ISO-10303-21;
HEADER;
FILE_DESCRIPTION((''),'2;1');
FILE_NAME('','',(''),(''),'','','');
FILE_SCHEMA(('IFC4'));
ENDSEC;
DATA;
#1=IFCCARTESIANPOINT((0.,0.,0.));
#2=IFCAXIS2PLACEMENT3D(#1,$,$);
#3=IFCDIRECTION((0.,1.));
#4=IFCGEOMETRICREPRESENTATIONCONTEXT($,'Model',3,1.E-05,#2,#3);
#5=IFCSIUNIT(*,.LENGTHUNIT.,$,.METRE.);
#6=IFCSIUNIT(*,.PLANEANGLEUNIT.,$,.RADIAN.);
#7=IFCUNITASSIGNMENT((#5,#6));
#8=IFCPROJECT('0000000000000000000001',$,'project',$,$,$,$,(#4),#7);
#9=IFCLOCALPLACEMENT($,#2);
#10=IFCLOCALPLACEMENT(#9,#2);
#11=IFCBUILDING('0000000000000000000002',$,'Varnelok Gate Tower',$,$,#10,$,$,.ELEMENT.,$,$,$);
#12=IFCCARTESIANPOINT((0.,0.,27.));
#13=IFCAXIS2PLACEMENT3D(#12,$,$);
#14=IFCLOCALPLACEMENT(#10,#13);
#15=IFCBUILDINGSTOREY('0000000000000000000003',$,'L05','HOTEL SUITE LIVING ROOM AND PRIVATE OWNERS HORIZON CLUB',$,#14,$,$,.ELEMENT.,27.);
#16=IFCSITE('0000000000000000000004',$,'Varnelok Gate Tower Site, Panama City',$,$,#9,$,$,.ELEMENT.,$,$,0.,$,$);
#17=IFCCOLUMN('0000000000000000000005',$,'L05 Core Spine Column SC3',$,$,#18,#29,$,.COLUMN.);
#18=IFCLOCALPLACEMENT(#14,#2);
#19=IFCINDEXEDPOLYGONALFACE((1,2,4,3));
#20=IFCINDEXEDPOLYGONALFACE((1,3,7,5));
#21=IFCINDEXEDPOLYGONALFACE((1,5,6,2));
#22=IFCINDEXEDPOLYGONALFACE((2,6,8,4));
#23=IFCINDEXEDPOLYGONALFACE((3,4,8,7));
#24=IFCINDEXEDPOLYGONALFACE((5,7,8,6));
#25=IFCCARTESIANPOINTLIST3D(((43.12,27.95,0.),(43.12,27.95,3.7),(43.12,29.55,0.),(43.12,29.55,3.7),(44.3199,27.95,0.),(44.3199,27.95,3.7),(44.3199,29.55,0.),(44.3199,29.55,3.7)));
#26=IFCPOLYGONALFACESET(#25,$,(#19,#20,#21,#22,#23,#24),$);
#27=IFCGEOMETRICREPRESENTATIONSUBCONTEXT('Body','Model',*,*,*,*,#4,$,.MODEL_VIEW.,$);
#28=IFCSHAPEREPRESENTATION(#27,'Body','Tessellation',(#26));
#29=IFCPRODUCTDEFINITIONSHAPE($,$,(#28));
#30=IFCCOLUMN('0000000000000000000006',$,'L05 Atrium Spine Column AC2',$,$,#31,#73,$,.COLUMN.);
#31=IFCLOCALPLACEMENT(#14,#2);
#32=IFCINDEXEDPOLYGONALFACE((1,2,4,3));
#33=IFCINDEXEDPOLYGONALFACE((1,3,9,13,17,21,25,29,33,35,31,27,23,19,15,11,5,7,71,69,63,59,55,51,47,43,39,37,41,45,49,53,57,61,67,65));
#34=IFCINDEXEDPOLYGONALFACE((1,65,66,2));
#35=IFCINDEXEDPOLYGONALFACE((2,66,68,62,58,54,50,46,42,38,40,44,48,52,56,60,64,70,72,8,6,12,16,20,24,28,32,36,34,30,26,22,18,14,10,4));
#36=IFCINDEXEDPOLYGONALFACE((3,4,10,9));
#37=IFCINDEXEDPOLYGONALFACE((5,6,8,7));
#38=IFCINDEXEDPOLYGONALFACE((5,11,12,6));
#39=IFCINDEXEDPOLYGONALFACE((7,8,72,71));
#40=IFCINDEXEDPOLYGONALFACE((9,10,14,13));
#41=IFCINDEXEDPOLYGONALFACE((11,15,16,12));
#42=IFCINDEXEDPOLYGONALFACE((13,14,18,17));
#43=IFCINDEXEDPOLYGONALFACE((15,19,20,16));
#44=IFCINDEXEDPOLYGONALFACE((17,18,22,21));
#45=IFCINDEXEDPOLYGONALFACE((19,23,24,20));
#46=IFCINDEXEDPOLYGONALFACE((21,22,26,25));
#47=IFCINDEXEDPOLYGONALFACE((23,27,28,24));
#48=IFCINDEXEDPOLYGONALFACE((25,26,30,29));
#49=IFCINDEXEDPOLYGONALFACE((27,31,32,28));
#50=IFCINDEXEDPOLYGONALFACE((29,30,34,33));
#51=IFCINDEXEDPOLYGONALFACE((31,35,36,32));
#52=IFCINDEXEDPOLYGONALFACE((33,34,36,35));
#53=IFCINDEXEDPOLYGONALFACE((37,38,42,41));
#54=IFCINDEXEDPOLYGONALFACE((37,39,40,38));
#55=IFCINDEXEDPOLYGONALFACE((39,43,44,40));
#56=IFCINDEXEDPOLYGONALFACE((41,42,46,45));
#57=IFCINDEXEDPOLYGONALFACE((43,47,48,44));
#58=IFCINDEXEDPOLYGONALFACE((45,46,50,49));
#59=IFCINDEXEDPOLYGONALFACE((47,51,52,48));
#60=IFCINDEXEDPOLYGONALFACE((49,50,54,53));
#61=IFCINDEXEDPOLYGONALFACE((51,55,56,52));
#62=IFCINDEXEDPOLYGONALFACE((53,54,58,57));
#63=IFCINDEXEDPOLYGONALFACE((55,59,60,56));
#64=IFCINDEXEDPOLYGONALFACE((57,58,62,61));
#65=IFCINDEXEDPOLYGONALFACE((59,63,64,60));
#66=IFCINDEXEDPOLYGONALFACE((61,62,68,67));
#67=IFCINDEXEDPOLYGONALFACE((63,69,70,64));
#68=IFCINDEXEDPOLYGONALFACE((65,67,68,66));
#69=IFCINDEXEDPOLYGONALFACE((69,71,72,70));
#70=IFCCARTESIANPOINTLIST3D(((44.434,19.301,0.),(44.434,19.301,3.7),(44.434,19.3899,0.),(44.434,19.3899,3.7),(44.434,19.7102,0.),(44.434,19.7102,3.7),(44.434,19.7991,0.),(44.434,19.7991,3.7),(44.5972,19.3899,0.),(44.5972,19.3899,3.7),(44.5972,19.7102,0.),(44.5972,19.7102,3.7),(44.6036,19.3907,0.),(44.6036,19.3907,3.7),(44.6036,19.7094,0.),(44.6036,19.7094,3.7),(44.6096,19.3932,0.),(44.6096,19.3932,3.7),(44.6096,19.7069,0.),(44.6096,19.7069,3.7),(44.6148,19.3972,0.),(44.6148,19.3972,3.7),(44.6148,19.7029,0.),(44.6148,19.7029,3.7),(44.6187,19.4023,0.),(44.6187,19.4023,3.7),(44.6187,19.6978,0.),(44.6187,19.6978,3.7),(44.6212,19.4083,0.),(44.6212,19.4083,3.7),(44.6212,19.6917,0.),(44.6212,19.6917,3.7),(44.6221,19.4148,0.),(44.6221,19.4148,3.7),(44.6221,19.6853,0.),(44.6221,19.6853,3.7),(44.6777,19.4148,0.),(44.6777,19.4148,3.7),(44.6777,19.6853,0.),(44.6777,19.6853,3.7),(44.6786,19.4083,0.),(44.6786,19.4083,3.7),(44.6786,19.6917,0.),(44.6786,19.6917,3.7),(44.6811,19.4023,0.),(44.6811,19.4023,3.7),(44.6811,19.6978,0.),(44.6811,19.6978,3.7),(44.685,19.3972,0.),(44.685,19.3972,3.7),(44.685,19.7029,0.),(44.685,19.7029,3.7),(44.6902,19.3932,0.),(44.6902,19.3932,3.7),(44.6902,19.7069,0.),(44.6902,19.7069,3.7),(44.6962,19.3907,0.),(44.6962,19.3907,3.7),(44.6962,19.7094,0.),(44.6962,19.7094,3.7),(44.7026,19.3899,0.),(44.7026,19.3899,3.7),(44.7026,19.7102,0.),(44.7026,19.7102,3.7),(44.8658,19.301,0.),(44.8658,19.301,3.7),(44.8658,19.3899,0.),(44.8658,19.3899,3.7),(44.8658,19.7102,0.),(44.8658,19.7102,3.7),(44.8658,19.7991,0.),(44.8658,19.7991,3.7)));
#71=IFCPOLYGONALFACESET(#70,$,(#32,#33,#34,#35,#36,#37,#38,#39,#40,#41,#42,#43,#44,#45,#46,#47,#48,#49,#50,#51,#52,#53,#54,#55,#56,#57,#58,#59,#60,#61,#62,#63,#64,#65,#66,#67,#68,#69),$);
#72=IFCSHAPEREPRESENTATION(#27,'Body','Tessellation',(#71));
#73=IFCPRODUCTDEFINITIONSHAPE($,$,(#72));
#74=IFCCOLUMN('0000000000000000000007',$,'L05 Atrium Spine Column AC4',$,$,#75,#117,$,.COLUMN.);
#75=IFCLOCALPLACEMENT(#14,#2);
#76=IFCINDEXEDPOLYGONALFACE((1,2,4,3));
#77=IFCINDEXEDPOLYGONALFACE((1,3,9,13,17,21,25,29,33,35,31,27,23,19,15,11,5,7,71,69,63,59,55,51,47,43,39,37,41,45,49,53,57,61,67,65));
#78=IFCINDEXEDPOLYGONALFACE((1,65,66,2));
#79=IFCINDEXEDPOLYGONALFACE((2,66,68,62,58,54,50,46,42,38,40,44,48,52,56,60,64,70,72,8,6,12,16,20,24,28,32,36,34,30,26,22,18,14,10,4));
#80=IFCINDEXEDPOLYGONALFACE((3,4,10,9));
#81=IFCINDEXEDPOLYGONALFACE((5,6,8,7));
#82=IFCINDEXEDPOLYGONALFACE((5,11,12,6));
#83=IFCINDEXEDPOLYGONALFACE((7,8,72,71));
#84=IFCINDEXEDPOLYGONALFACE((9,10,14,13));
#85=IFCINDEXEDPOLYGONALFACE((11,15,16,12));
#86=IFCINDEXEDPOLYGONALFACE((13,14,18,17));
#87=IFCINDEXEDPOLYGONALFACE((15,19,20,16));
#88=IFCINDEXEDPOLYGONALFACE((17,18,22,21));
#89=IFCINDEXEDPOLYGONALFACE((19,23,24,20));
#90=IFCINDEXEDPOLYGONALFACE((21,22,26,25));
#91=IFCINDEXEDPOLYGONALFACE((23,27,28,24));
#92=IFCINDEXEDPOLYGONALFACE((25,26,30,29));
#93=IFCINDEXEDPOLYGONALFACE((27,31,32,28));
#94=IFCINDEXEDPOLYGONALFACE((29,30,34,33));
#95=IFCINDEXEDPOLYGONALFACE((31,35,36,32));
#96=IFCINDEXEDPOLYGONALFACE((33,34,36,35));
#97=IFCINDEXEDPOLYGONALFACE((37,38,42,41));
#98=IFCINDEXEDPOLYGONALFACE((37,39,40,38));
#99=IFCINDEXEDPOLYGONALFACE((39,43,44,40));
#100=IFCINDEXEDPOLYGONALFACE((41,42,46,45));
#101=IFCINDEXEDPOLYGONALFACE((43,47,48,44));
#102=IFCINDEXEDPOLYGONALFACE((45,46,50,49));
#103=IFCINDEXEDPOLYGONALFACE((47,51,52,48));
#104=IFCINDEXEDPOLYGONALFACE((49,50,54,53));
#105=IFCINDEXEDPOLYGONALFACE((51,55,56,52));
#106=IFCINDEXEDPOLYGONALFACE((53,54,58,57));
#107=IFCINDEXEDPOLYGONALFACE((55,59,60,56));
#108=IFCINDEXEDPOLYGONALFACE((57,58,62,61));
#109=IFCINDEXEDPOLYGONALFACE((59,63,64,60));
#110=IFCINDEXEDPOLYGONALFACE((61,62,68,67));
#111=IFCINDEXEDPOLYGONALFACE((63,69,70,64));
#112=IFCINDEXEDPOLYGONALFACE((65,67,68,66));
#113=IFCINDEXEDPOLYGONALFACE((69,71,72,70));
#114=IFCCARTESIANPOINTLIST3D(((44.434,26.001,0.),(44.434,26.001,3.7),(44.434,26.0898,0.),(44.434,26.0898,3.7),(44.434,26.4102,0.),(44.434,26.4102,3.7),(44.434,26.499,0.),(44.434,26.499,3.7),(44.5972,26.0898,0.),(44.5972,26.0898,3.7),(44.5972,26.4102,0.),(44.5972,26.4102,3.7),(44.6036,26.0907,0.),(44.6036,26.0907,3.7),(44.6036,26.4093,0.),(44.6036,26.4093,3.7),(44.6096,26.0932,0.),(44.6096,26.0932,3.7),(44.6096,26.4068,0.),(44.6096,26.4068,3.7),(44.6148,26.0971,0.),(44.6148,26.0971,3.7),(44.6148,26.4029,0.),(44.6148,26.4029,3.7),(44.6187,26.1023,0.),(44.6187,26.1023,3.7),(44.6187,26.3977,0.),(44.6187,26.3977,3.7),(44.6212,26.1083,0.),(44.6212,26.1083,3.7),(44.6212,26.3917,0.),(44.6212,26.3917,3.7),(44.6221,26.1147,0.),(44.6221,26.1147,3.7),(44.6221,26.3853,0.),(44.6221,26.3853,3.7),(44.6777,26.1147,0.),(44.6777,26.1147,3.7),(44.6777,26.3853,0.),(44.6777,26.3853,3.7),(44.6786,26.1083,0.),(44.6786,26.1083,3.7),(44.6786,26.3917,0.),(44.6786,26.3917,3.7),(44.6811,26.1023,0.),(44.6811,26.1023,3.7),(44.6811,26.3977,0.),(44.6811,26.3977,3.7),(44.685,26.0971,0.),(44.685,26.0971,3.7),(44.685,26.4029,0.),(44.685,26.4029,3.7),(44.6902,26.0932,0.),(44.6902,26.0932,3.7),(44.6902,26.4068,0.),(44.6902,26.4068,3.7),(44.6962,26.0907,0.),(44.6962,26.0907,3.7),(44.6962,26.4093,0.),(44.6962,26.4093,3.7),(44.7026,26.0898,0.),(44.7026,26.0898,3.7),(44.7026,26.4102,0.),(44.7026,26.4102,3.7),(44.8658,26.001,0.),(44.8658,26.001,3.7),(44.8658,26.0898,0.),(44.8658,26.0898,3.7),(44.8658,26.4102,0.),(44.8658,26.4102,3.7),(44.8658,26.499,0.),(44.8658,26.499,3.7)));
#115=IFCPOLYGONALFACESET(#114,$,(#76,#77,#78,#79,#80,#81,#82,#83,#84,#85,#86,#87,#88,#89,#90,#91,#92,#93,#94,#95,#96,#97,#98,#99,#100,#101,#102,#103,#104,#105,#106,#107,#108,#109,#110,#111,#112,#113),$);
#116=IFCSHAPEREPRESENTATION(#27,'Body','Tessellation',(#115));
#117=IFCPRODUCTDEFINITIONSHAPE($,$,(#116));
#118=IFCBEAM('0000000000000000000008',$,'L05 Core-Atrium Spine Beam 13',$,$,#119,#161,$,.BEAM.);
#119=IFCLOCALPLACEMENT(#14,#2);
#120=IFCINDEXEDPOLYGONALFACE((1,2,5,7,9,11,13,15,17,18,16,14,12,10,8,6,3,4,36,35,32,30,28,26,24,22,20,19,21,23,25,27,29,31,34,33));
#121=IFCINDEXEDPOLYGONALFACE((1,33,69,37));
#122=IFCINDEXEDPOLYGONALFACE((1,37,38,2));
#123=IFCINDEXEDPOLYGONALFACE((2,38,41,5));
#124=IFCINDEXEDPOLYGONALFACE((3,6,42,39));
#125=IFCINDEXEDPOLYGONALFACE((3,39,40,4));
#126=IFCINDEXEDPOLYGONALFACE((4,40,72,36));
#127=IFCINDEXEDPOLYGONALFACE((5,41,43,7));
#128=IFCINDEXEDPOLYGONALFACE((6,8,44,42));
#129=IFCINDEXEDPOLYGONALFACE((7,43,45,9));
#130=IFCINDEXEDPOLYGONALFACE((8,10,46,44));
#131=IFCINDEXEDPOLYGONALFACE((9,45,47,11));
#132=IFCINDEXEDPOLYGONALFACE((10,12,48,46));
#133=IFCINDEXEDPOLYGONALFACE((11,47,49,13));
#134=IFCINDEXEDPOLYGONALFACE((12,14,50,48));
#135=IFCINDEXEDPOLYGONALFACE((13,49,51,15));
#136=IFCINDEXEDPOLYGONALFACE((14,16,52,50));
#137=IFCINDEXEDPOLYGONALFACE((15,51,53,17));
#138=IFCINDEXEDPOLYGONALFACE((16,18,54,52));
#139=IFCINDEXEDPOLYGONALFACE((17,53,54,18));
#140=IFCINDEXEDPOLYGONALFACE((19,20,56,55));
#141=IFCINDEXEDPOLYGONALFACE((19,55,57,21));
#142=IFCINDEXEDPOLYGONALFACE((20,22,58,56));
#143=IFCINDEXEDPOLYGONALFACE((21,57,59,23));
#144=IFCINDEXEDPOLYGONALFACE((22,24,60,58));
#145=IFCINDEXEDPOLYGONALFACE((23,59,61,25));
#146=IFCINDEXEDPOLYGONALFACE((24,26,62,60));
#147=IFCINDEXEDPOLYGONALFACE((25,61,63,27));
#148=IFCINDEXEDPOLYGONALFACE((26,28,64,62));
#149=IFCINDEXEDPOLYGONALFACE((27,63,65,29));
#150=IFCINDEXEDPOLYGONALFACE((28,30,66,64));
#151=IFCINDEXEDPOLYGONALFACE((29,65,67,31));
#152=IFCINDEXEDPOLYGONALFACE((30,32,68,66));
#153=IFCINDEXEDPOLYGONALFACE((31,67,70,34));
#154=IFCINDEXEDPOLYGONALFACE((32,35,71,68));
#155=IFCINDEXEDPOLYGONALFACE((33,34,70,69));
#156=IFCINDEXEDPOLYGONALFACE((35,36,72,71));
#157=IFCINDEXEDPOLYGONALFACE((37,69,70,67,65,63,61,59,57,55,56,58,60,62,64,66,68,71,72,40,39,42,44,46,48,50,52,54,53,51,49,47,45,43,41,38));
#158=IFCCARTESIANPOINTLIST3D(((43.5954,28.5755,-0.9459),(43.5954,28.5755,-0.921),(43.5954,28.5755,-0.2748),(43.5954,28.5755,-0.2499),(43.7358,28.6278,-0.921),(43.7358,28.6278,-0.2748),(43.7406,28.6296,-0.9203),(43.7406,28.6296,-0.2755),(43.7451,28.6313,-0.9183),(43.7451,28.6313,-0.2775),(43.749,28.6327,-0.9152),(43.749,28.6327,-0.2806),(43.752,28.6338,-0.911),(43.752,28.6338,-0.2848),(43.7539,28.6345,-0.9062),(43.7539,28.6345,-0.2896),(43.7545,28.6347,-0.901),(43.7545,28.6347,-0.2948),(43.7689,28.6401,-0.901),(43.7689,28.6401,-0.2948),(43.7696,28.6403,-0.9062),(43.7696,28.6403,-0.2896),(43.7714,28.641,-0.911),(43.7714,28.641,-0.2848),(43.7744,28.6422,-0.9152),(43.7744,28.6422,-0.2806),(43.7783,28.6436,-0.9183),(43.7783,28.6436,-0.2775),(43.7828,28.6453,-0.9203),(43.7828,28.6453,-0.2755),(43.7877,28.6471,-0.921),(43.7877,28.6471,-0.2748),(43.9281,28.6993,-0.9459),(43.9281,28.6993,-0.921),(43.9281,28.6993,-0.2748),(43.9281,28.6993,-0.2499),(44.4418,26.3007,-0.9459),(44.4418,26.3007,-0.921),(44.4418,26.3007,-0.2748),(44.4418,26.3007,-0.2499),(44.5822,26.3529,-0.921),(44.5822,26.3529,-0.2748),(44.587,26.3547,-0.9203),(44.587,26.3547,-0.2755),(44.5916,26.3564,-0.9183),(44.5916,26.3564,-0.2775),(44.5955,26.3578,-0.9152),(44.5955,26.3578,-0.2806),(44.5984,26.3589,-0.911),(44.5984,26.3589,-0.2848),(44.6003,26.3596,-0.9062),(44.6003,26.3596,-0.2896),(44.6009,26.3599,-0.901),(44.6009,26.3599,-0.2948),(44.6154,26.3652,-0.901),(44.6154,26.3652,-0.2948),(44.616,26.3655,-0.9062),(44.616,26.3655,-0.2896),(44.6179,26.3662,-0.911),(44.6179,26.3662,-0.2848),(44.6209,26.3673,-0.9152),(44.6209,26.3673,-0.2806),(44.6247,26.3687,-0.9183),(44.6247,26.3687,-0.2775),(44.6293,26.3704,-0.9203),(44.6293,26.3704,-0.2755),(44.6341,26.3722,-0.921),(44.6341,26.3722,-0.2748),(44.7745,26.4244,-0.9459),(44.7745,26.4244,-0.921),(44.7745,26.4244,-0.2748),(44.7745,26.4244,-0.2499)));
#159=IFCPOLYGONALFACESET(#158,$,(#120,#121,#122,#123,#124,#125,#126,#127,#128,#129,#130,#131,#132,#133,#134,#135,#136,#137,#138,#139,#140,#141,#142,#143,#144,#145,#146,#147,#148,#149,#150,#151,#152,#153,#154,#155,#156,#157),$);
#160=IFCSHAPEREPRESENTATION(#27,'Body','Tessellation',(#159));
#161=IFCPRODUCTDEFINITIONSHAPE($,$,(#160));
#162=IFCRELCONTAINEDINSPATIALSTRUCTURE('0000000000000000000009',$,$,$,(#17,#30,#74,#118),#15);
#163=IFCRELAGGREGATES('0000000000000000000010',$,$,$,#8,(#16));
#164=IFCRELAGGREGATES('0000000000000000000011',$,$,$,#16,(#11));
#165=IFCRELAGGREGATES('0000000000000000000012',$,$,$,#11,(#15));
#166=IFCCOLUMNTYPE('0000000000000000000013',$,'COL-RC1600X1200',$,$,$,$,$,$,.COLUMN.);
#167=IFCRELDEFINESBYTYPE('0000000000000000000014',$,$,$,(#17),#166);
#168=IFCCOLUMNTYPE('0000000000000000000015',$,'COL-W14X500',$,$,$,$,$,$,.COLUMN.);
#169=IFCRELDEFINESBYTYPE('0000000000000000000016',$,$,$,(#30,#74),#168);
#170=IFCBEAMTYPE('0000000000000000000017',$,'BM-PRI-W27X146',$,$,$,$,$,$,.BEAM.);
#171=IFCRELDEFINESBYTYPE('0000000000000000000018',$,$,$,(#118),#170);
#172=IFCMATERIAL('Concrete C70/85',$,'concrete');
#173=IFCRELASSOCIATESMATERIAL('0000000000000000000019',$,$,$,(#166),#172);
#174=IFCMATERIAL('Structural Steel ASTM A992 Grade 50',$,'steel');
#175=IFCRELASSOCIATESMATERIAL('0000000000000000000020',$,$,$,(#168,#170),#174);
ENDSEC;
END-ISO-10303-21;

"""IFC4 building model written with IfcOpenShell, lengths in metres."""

from ifc_helpers import new_model, si_unit, direction, frame, origin, origin_2d, place, context, subcontext, project, spatial, rectangle, i_section, extrude, material, material_profile, profile_set, type_object, element, save


model = new_model("IFC4")

# Units and contexts
model_context = context("Model", 3, precision=1e-05, world=origin(), true_north=direction((0.0, 1.0)))
body_context = subcontext(model_context, "Body", "Model", "MODEL_VIEW")
ifc_project = project(units=[si_unit("LENGTHUNIT", "METRE"), si_unit("PLANEANGLEUNIT", "RADIAN")], contexts=[model_context])

# Site, building, storey
site_placement = place(None, origin())
site = spatial("IfcSite", under=ifc_project, at=site_placement, Name="Varnelok Gate Tower Site, Panama City", CompositionType="ELEMENT", RefElevation=0.0)
building_placement = place(site_placement, origin())
building = spatial("IfcBuilding", under=site, at=building_placement, Name="Varnelok Gate Tower", CompositionType="ELEMENT")
storey_placement = place(building_placement, frame((0.0, 0.0, 27.0)))
storey = spatial("IfcBuildingStorey", under=building, at=storey_placement, Name="L05", Description="HOTEL SUITE LIVING ROOM AND PRIVATE OWNERS HORIZON CLUB", CompositionType="ELEMENT", Elevation=27.0)

# Columns
ifc_material_1 = material(Name="Concrete C70/85", Category="concrete")
ifc_material_profile_1 = material_profile(ifc_material_1, rectangle(XDim=1.2, YDim=1.6001, at=origin_2d()), Name="RC1600X1200")
ifc_profile_set_1 = profile_set([ifc_material_profile_1], Name="Concrete C70/85")
column_type_1 = type_object("IfcColumnType", Name="COL-RC1600X1200", PredefinedType="COLUMN", material=ifc_profile_set_1)
column_placement = place(storey_placement, frame((43.72, 28.75, 0.0), z_axis=(0.0, 0.0, 1.0), x_axis=(1.0, 0.0, 0.0)))
element("IfcColumn", 1, at=column_placement, inside=storey, type_object=column_type_1, Name="L05 Core Spine Column SC3", PredefinedType="COLUMN", context=body_context, shape_type="SweptSolid", body=[
    extrude(rectangle(XDim=1.2, YDim=1.6001, at=origin_2d()), origin(), (0.0, 0.0, 1.0), 3.7),
])
ifc_material_2 = material(Name="Structural Steel ASTM A992 Grade 50", Category="steel")
ifc_material_profile_2 = material_profile(ifc_material_2, i_section(OverallWidth=0.4319, OverallDepth=0.498, WebThickness=0.0557, FlangeThickness=0.0889, FilletRadius=0.0249, at=origin_2d()), Name="W14X500")
ifc_profile_set_2 = profile_set([ifc_material_profile_2], Name="Structural Steel ASTM A992 Grade 50")
column_type_2 = type_object("IfcColumnType", Name="COL-W14X500", PredefinedType="COLUMN", material=ifc_profile_set_2)
for number, where, z_axis, x_axis, name in (
    (2, (44.6499, 19.55, 0.0), (0.0, 0.0, 1.0), (1.0, 0.0, 0.0), "L05 Atrium Spine Column AC2"),
    (3, (44.6499, 26.25, 0.0), (0.0, 0.0, 1.0), (1.0, 0.0, 0.0), "L05 Atrium Spine Column AC4"),
):
    element("IfcColumn", number, at=place(storey_placement, frame(where, z_axis=z_axis, x_axis=x_axis)), inside=storey, type_object=column_type_2, Name=name, PredefinedType="COLUMN", context=body_context, shape_type="SweptSolid", body=[
        extrude(i_section(OverallWidth=0.4319, OverallDepth=0.498, WebThickness=0.0557, FlangeThickness=0.0889, FilletRadius=0.0249, at=origin_2d()), origin(), (0.0, 0.0, 1.0), 3.7),
    ])

# Beam
ifc_material_profile_3 = material_profile(ifc_material_2, i_section(OverallWidth=0.355, OverallDepth=0.696, WebThickness=0.0154, FlangeThickness=0.0249, FilletRadius=0.02, at=origin_2d()), Name="W27X146")
ifc_profile_set_3 = profile_set([ifc_material_profile_3], Name="Structural Steel ASTM A992 Grade 50")
beam_type_1 = type_object("IfcBeamType", Name="BM-PRI-W27X146", PredefinedType="BEAM", material=ifc_profile_set_3)
beam_1_placement = place(storey_placement, frame((44.6082, 26.3625, -0.5979), z_axis=(-0.348719, 0.937227, 0.0), x_axis=(-0.937227, -0.348719, 0.0)))
element("IfcBeam", 4, at=beam_1_placement, inside=storey, type_object=beam_type_1, Name="L05 Core-Atrium Spine Beam 13", PredefinedType="BEAM", context=body_context, shape_type="SweptSolid", body=[
    extrude(i_section(OverallWidth=0.355, OverallDepth=0.696, WebThickness=0.0154, FlangeThickness=0.0249, FilletRadius=0.02, at=origin_2d()), origin(), (0.0, 0.0, 1.0), 2.4272),
])

save(model, "model.ifc")
